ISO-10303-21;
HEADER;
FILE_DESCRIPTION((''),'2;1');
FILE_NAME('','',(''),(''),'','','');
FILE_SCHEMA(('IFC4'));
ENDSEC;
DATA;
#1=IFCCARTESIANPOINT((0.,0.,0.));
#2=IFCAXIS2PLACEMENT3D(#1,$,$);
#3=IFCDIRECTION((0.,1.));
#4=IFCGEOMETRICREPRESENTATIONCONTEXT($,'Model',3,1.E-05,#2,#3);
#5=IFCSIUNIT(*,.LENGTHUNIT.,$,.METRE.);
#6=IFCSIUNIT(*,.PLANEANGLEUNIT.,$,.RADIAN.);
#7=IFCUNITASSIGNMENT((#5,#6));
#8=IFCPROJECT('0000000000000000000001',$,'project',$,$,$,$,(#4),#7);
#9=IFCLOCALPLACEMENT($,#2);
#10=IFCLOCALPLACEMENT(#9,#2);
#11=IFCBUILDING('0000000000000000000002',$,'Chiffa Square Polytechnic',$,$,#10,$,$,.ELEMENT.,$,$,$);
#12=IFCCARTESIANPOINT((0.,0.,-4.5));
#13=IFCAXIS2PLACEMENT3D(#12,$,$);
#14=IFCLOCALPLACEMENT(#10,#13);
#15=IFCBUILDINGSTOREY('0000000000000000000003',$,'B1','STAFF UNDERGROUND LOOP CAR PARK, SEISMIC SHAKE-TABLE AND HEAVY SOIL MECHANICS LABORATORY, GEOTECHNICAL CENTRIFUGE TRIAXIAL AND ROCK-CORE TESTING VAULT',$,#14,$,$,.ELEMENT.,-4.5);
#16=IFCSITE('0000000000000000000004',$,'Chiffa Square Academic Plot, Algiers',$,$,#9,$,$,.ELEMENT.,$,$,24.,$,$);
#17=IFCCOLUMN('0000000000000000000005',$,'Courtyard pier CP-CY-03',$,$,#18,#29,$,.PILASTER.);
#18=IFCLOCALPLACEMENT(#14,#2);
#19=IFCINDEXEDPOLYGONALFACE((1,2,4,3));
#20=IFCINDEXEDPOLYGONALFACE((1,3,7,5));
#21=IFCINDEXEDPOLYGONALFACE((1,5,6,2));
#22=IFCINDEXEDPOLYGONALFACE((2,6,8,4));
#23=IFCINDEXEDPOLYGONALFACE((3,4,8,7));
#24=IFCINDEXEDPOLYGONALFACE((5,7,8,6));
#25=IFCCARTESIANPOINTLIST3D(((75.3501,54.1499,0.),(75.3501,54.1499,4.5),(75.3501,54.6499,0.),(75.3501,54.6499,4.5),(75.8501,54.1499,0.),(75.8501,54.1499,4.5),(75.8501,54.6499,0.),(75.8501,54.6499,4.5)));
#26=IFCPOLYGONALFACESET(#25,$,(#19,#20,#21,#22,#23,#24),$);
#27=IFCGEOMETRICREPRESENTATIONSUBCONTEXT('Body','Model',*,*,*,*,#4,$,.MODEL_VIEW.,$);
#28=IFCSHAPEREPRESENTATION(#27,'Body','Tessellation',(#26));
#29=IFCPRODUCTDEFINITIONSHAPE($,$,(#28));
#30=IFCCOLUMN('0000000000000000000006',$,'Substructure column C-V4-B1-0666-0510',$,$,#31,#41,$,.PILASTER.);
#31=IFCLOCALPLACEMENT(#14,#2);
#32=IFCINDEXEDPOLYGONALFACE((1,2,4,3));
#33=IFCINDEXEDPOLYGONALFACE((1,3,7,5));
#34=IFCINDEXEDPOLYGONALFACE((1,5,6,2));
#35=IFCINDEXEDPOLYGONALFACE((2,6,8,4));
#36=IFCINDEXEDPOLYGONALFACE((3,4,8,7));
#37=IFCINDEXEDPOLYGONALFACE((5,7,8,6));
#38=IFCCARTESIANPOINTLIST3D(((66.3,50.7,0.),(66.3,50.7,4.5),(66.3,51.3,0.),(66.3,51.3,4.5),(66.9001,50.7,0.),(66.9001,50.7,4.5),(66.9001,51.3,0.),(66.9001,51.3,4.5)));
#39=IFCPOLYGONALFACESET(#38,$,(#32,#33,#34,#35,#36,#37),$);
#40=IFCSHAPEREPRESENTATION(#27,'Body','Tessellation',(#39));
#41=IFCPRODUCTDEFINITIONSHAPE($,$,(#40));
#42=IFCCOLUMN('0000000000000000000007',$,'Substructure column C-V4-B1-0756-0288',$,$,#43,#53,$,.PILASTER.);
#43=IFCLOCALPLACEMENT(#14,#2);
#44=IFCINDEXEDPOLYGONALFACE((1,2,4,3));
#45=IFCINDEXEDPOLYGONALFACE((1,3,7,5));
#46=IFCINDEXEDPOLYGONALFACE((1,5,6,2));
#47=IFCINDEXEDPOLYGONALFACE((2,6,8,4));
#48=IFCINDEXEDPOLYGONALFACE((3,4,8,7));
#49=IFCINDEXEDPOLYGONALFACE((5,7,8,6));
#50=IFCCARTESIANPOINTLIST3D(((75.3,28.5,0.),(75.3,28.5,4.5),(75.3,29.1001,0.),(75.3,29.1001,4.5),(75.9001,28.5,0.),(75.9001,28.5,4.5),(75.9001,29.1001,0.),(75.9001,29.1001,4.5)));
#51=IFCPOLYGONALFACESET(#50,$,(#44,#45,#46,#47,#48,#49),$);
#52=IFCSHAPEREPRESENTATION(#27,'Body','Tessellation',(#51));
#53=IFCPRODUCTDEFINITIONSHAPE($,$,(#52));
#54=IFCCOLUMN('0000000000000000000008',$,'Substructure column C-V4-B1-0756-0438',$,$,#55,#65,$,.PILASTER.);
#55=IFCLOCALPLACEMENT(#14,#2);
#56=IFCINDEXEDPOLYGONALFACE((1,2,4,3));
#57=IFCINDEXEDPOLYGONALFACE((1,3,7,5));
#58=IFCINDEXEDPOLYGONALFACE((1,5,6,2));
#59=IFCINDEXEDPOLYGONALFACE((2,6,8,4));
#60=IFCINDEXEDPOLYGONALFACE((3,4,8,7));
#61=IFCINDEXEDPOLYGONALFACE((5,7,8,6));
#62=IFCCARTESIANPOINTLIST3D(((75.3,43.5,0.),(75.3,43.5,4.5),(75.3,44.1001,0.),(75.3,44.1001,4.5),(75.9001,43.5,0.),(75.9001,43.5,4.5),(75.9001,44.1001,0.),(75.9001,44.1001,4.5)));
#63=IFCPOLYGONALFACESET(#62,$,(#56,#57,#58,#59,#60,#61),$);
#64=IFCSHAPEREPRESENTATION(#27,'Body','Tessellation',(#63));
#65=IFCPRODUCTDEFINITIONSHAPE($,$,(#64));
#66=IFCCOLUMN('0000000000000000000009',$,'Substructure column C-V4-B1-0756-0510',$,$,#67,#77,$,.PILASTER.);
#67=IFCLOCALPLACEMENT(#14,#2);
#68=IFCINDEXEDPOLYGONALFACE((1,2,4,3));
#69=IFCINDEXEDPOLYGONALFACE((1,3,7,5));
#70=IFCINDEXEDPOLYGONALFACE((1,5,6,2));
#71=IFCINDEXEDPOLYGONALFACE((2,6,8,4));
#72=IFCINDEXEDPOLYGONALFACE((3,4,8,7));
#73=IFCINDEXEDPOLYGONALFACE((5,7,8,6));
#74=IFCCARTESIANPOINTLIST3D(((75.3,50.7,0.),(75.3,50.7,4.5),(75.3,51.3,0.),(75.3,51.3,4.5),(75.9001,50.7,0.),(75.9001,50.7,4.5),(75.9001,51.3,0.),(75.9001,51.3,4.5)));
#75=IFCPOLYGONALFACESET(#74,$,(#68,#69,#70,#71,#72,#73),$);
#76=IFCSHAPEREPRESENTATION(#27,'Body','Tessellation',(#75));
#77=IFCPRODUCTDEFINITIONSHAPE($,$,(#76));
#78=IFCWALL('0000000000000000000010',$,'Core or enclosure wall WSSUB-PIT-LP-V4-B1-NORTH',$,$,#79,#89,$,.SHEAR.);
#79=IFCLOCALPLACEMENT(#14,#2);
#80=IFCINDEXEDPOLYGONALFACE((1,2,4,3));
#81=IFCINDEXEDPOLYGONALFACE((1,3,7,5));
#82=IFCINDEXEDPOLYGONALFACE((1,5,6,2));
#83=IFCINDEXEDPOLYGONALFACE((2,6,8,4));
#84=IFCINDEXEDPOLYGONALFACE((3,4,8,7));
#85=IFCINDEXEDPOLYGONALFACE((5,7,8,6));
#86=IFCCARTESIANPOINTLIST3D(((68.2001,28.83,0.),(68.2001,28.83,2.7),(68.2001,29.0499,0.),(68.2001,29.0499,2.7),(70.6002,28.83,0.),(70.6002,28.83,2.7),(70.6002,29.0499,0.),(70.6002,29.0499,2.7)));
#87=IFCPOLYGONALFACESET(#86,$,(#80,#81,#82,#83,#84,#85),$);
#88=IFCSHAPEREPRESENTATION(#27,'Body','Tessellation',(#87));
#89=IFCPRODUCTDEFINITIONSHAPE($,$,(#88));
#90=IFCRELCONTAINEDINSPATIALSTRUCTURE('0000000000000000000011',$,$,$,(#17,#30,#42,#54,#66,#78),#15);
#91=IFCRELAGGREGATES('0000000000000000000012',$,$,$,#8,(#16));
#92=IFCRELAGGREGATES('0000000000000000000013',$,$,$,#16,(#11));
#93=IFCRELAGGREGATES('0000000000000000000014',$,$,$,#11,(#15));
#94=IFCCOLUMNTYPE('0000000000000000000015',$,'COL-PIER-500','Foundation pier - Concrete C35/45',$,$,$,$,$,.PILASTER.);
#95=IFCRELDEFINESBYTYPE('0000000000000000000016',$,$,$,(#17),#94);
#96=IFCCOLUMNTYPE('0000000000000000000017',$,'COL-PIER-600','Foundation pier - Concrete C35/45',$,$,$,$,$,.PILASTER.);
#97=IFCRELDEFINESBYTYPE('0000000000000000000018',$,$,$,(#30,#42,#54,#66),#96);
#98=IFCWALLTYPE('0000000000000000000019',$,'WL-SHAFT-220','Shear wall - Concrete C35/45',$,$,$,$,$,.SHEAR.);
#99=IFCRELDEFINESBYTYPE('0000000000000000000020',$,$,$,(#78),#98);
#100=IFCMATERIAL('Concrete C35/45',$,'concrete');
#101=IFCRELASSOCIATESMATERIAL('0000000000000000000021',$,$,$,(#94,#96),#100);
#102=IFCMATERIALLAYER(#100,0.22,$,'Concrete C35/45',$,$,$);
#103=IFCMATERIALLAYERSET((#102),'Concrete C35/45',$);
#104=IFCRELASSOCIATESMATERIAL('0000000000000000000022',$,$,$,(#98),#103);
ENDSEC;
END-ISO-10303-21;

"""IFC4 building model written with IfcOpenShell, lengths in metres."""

from ifc_helpers import new_model, si_unit, direction, frame, frame_2d, origin, origin_2d, place, context, subcontext, project, spatial, rectangle, extrude, material, layer, layer_set, material_profile, profile_set, type_object, element, save


model = new_model("IFC4")

# Units and contexts
model_context = context("Model", 3, precision=1e-05, world=origin(), true_north=direction((0.0, 1.0)))
body_context = subcontext(model_context, "Body", "Model", "MODEL_VIEW")
ifc_project = project(units=[si_unit("LENGTHUNIT", "METRE"), si_unit("PLANEANGLEUNIT", "RADIAN")], contexts=[model_context])

# Site, building, storey
site_placement = place(None, origin())
site = spatial("IfcSite", under=ifc_project, at=site_placement, Name="Chiffa Square Academic Plot, Algiers", CompositionType="ELEMENT", RefElevation=24.0)
building_placement = place(site_placement, origin())
building = spatial("IfcBuilding", under=site, at=building_placement, Name="Chiffa Square Polytechnic", CompositionType="ELEMENT")
storey_placement = place(building_placement, frame((0.0, 0.0, -4.5)))
storey = spatial("IfcBuildingStorey", under=building, at=storey_placement, Name="B1", Description="STAFF UNDERGROUND LOOP CAR PARK, SEISMIC SHAKE-TABLE AND HEAVY SOIL MECHANICS LABORATORY, GEOTECHNICAL CENTRIFUGE TRIAXIAL AND ROCK-CORE TESTING VAULT", CompositionType="ELEMENT", Elevation=-4.5)

# Shared definitions
ifc_material = material(Name="Concrete C35/45", Category="concrete")

# Columns
ifc_material_profile_1 = material_profile(ifc_material, rectangle(XDim=0.5, YDim=0.5, at=origin_2d()), Name="RC 500x500")
ifc_profile_set_1 = profile_set([ifc_material_profile_1], Name="Concrete C35/45")
column_type_1 = type_object("IfcColumnType", Name="COL-PIER-500", Description="Foundation pier - Concrete C35/45", PredefinedType="PILASTER", material=ifc_profile_set_1)
for number, where, z_axis, x_axis, name in (
    (1, (75.6001, 54.3999, 0.0), (0.0, 0.0, 1.0), (1.0, 0.0, 0.0), "Courtyard pier CP-CY-03"),
):
    element("IfcColumn", number, at=place(storey_placement, frame(where, z_axis=z_axis, x_axis=x_axis)), inside=storey, type_object=column_type_1, Name=name, PredefinedType="PILASTER", context=body_context, shape_type="SweptSolid", body=[
        extrude(rectangle(XDim=0.5, YDim=0.5, at=origin_2d()), origin(), (0.0, 0.0, 1.0), 4.5),
    ])
ifc_material_profile_2 = material_profile(ifc_material, rectangle(XDim=0.6001, YDim=0.6001, at=origin_2d()), Name="RC 600x600")
ifc_profile_set_2 = profile_set([ifc_material_profile_2], Name="Concrete C35/45")
column_type_2 = type_object("IfcColumnType", Name="COL-PIER-600", Description="Foundation pier - Concrete C35/45", PredefinedType="PILASTER", material=ifc_profile_set_2)
for number, where, z_axis, x_axis, name in (
    (2, (66.6001, 51.0, 0.0), (0.0, 0.0, 1.0), (1.0, 0.0, 0.0), "Substructure column C-V4-B1-0666-0510"),
    (3, (75.6001, 28.8, 0.0), (0.0, 0.0, 1.0), (1.0, 0.0, 0.0), "Substructure column C-V4-B1-0756-0288"),
    (4, (75.6001, 43.8, 0.0), (0.0, 0.0, 1.0), (1.0, 0.0, 0.0), "Substructure column C-V4-B1-0756-0438"),
    (5, (75.6001, 51.0, 0.0), (0.0, 0.0, 1.0), (1.0, 0.0, 0.0), "Substructure column C-V4-B1-0756-0510"),
):
    element("IfcColumn", number, at=place(storey_placement, frame(where, z_axis=z_axis, x_axis=x_axis)), inside=storey, type_object=column_type_2, Name=name, PredefinedType="PILASTER", context=body_context, shape_type="SweptSolid", body=[
        extrude(rectangle(XDim=0.6001, YDim=0.6001, at=origin_2d()), origin(), (0.0, 0.0, 1.0), 4.5),
    ])

# Wall
ifc_layer_1 = layer(ifc_material, 0.22, Name="Concrete C35/45")
ifc_layer_set_1 = layer_set([ifc_layer_1], Name="Concrete C35/45")
wall_type = type_object("IfcWallType", Name="WL-SHAFT-220", Description="Shear wall - Concrete C35/45", PredefinedType="SHEAR", material=ifc_layer_set_1)
wall_placement = place(storey_placement, frame((68.2, 28.9399, 0.0), z_axis=(0.0, 0.0, 1.0), x_axis=(1.0, 0.0, 0.0)))
element("IfcWall", 6, at=wall_placement, inside=storey, type_object=wall_type, Name="Core or enclosure wall WSSUB-PIT-LP-V4-B1-NORTH", PredefinedType="SHEAR", context=body_context, shape_type="SweptSolid", body=[
    extrude(rectangle(XDim=2.4001, YDim=0.22, at=frame_2d((1.2002, 0.0))), origin(), (0.0, 0.0, 1.0), 2.7),
])

save(model, "model.ifc")
